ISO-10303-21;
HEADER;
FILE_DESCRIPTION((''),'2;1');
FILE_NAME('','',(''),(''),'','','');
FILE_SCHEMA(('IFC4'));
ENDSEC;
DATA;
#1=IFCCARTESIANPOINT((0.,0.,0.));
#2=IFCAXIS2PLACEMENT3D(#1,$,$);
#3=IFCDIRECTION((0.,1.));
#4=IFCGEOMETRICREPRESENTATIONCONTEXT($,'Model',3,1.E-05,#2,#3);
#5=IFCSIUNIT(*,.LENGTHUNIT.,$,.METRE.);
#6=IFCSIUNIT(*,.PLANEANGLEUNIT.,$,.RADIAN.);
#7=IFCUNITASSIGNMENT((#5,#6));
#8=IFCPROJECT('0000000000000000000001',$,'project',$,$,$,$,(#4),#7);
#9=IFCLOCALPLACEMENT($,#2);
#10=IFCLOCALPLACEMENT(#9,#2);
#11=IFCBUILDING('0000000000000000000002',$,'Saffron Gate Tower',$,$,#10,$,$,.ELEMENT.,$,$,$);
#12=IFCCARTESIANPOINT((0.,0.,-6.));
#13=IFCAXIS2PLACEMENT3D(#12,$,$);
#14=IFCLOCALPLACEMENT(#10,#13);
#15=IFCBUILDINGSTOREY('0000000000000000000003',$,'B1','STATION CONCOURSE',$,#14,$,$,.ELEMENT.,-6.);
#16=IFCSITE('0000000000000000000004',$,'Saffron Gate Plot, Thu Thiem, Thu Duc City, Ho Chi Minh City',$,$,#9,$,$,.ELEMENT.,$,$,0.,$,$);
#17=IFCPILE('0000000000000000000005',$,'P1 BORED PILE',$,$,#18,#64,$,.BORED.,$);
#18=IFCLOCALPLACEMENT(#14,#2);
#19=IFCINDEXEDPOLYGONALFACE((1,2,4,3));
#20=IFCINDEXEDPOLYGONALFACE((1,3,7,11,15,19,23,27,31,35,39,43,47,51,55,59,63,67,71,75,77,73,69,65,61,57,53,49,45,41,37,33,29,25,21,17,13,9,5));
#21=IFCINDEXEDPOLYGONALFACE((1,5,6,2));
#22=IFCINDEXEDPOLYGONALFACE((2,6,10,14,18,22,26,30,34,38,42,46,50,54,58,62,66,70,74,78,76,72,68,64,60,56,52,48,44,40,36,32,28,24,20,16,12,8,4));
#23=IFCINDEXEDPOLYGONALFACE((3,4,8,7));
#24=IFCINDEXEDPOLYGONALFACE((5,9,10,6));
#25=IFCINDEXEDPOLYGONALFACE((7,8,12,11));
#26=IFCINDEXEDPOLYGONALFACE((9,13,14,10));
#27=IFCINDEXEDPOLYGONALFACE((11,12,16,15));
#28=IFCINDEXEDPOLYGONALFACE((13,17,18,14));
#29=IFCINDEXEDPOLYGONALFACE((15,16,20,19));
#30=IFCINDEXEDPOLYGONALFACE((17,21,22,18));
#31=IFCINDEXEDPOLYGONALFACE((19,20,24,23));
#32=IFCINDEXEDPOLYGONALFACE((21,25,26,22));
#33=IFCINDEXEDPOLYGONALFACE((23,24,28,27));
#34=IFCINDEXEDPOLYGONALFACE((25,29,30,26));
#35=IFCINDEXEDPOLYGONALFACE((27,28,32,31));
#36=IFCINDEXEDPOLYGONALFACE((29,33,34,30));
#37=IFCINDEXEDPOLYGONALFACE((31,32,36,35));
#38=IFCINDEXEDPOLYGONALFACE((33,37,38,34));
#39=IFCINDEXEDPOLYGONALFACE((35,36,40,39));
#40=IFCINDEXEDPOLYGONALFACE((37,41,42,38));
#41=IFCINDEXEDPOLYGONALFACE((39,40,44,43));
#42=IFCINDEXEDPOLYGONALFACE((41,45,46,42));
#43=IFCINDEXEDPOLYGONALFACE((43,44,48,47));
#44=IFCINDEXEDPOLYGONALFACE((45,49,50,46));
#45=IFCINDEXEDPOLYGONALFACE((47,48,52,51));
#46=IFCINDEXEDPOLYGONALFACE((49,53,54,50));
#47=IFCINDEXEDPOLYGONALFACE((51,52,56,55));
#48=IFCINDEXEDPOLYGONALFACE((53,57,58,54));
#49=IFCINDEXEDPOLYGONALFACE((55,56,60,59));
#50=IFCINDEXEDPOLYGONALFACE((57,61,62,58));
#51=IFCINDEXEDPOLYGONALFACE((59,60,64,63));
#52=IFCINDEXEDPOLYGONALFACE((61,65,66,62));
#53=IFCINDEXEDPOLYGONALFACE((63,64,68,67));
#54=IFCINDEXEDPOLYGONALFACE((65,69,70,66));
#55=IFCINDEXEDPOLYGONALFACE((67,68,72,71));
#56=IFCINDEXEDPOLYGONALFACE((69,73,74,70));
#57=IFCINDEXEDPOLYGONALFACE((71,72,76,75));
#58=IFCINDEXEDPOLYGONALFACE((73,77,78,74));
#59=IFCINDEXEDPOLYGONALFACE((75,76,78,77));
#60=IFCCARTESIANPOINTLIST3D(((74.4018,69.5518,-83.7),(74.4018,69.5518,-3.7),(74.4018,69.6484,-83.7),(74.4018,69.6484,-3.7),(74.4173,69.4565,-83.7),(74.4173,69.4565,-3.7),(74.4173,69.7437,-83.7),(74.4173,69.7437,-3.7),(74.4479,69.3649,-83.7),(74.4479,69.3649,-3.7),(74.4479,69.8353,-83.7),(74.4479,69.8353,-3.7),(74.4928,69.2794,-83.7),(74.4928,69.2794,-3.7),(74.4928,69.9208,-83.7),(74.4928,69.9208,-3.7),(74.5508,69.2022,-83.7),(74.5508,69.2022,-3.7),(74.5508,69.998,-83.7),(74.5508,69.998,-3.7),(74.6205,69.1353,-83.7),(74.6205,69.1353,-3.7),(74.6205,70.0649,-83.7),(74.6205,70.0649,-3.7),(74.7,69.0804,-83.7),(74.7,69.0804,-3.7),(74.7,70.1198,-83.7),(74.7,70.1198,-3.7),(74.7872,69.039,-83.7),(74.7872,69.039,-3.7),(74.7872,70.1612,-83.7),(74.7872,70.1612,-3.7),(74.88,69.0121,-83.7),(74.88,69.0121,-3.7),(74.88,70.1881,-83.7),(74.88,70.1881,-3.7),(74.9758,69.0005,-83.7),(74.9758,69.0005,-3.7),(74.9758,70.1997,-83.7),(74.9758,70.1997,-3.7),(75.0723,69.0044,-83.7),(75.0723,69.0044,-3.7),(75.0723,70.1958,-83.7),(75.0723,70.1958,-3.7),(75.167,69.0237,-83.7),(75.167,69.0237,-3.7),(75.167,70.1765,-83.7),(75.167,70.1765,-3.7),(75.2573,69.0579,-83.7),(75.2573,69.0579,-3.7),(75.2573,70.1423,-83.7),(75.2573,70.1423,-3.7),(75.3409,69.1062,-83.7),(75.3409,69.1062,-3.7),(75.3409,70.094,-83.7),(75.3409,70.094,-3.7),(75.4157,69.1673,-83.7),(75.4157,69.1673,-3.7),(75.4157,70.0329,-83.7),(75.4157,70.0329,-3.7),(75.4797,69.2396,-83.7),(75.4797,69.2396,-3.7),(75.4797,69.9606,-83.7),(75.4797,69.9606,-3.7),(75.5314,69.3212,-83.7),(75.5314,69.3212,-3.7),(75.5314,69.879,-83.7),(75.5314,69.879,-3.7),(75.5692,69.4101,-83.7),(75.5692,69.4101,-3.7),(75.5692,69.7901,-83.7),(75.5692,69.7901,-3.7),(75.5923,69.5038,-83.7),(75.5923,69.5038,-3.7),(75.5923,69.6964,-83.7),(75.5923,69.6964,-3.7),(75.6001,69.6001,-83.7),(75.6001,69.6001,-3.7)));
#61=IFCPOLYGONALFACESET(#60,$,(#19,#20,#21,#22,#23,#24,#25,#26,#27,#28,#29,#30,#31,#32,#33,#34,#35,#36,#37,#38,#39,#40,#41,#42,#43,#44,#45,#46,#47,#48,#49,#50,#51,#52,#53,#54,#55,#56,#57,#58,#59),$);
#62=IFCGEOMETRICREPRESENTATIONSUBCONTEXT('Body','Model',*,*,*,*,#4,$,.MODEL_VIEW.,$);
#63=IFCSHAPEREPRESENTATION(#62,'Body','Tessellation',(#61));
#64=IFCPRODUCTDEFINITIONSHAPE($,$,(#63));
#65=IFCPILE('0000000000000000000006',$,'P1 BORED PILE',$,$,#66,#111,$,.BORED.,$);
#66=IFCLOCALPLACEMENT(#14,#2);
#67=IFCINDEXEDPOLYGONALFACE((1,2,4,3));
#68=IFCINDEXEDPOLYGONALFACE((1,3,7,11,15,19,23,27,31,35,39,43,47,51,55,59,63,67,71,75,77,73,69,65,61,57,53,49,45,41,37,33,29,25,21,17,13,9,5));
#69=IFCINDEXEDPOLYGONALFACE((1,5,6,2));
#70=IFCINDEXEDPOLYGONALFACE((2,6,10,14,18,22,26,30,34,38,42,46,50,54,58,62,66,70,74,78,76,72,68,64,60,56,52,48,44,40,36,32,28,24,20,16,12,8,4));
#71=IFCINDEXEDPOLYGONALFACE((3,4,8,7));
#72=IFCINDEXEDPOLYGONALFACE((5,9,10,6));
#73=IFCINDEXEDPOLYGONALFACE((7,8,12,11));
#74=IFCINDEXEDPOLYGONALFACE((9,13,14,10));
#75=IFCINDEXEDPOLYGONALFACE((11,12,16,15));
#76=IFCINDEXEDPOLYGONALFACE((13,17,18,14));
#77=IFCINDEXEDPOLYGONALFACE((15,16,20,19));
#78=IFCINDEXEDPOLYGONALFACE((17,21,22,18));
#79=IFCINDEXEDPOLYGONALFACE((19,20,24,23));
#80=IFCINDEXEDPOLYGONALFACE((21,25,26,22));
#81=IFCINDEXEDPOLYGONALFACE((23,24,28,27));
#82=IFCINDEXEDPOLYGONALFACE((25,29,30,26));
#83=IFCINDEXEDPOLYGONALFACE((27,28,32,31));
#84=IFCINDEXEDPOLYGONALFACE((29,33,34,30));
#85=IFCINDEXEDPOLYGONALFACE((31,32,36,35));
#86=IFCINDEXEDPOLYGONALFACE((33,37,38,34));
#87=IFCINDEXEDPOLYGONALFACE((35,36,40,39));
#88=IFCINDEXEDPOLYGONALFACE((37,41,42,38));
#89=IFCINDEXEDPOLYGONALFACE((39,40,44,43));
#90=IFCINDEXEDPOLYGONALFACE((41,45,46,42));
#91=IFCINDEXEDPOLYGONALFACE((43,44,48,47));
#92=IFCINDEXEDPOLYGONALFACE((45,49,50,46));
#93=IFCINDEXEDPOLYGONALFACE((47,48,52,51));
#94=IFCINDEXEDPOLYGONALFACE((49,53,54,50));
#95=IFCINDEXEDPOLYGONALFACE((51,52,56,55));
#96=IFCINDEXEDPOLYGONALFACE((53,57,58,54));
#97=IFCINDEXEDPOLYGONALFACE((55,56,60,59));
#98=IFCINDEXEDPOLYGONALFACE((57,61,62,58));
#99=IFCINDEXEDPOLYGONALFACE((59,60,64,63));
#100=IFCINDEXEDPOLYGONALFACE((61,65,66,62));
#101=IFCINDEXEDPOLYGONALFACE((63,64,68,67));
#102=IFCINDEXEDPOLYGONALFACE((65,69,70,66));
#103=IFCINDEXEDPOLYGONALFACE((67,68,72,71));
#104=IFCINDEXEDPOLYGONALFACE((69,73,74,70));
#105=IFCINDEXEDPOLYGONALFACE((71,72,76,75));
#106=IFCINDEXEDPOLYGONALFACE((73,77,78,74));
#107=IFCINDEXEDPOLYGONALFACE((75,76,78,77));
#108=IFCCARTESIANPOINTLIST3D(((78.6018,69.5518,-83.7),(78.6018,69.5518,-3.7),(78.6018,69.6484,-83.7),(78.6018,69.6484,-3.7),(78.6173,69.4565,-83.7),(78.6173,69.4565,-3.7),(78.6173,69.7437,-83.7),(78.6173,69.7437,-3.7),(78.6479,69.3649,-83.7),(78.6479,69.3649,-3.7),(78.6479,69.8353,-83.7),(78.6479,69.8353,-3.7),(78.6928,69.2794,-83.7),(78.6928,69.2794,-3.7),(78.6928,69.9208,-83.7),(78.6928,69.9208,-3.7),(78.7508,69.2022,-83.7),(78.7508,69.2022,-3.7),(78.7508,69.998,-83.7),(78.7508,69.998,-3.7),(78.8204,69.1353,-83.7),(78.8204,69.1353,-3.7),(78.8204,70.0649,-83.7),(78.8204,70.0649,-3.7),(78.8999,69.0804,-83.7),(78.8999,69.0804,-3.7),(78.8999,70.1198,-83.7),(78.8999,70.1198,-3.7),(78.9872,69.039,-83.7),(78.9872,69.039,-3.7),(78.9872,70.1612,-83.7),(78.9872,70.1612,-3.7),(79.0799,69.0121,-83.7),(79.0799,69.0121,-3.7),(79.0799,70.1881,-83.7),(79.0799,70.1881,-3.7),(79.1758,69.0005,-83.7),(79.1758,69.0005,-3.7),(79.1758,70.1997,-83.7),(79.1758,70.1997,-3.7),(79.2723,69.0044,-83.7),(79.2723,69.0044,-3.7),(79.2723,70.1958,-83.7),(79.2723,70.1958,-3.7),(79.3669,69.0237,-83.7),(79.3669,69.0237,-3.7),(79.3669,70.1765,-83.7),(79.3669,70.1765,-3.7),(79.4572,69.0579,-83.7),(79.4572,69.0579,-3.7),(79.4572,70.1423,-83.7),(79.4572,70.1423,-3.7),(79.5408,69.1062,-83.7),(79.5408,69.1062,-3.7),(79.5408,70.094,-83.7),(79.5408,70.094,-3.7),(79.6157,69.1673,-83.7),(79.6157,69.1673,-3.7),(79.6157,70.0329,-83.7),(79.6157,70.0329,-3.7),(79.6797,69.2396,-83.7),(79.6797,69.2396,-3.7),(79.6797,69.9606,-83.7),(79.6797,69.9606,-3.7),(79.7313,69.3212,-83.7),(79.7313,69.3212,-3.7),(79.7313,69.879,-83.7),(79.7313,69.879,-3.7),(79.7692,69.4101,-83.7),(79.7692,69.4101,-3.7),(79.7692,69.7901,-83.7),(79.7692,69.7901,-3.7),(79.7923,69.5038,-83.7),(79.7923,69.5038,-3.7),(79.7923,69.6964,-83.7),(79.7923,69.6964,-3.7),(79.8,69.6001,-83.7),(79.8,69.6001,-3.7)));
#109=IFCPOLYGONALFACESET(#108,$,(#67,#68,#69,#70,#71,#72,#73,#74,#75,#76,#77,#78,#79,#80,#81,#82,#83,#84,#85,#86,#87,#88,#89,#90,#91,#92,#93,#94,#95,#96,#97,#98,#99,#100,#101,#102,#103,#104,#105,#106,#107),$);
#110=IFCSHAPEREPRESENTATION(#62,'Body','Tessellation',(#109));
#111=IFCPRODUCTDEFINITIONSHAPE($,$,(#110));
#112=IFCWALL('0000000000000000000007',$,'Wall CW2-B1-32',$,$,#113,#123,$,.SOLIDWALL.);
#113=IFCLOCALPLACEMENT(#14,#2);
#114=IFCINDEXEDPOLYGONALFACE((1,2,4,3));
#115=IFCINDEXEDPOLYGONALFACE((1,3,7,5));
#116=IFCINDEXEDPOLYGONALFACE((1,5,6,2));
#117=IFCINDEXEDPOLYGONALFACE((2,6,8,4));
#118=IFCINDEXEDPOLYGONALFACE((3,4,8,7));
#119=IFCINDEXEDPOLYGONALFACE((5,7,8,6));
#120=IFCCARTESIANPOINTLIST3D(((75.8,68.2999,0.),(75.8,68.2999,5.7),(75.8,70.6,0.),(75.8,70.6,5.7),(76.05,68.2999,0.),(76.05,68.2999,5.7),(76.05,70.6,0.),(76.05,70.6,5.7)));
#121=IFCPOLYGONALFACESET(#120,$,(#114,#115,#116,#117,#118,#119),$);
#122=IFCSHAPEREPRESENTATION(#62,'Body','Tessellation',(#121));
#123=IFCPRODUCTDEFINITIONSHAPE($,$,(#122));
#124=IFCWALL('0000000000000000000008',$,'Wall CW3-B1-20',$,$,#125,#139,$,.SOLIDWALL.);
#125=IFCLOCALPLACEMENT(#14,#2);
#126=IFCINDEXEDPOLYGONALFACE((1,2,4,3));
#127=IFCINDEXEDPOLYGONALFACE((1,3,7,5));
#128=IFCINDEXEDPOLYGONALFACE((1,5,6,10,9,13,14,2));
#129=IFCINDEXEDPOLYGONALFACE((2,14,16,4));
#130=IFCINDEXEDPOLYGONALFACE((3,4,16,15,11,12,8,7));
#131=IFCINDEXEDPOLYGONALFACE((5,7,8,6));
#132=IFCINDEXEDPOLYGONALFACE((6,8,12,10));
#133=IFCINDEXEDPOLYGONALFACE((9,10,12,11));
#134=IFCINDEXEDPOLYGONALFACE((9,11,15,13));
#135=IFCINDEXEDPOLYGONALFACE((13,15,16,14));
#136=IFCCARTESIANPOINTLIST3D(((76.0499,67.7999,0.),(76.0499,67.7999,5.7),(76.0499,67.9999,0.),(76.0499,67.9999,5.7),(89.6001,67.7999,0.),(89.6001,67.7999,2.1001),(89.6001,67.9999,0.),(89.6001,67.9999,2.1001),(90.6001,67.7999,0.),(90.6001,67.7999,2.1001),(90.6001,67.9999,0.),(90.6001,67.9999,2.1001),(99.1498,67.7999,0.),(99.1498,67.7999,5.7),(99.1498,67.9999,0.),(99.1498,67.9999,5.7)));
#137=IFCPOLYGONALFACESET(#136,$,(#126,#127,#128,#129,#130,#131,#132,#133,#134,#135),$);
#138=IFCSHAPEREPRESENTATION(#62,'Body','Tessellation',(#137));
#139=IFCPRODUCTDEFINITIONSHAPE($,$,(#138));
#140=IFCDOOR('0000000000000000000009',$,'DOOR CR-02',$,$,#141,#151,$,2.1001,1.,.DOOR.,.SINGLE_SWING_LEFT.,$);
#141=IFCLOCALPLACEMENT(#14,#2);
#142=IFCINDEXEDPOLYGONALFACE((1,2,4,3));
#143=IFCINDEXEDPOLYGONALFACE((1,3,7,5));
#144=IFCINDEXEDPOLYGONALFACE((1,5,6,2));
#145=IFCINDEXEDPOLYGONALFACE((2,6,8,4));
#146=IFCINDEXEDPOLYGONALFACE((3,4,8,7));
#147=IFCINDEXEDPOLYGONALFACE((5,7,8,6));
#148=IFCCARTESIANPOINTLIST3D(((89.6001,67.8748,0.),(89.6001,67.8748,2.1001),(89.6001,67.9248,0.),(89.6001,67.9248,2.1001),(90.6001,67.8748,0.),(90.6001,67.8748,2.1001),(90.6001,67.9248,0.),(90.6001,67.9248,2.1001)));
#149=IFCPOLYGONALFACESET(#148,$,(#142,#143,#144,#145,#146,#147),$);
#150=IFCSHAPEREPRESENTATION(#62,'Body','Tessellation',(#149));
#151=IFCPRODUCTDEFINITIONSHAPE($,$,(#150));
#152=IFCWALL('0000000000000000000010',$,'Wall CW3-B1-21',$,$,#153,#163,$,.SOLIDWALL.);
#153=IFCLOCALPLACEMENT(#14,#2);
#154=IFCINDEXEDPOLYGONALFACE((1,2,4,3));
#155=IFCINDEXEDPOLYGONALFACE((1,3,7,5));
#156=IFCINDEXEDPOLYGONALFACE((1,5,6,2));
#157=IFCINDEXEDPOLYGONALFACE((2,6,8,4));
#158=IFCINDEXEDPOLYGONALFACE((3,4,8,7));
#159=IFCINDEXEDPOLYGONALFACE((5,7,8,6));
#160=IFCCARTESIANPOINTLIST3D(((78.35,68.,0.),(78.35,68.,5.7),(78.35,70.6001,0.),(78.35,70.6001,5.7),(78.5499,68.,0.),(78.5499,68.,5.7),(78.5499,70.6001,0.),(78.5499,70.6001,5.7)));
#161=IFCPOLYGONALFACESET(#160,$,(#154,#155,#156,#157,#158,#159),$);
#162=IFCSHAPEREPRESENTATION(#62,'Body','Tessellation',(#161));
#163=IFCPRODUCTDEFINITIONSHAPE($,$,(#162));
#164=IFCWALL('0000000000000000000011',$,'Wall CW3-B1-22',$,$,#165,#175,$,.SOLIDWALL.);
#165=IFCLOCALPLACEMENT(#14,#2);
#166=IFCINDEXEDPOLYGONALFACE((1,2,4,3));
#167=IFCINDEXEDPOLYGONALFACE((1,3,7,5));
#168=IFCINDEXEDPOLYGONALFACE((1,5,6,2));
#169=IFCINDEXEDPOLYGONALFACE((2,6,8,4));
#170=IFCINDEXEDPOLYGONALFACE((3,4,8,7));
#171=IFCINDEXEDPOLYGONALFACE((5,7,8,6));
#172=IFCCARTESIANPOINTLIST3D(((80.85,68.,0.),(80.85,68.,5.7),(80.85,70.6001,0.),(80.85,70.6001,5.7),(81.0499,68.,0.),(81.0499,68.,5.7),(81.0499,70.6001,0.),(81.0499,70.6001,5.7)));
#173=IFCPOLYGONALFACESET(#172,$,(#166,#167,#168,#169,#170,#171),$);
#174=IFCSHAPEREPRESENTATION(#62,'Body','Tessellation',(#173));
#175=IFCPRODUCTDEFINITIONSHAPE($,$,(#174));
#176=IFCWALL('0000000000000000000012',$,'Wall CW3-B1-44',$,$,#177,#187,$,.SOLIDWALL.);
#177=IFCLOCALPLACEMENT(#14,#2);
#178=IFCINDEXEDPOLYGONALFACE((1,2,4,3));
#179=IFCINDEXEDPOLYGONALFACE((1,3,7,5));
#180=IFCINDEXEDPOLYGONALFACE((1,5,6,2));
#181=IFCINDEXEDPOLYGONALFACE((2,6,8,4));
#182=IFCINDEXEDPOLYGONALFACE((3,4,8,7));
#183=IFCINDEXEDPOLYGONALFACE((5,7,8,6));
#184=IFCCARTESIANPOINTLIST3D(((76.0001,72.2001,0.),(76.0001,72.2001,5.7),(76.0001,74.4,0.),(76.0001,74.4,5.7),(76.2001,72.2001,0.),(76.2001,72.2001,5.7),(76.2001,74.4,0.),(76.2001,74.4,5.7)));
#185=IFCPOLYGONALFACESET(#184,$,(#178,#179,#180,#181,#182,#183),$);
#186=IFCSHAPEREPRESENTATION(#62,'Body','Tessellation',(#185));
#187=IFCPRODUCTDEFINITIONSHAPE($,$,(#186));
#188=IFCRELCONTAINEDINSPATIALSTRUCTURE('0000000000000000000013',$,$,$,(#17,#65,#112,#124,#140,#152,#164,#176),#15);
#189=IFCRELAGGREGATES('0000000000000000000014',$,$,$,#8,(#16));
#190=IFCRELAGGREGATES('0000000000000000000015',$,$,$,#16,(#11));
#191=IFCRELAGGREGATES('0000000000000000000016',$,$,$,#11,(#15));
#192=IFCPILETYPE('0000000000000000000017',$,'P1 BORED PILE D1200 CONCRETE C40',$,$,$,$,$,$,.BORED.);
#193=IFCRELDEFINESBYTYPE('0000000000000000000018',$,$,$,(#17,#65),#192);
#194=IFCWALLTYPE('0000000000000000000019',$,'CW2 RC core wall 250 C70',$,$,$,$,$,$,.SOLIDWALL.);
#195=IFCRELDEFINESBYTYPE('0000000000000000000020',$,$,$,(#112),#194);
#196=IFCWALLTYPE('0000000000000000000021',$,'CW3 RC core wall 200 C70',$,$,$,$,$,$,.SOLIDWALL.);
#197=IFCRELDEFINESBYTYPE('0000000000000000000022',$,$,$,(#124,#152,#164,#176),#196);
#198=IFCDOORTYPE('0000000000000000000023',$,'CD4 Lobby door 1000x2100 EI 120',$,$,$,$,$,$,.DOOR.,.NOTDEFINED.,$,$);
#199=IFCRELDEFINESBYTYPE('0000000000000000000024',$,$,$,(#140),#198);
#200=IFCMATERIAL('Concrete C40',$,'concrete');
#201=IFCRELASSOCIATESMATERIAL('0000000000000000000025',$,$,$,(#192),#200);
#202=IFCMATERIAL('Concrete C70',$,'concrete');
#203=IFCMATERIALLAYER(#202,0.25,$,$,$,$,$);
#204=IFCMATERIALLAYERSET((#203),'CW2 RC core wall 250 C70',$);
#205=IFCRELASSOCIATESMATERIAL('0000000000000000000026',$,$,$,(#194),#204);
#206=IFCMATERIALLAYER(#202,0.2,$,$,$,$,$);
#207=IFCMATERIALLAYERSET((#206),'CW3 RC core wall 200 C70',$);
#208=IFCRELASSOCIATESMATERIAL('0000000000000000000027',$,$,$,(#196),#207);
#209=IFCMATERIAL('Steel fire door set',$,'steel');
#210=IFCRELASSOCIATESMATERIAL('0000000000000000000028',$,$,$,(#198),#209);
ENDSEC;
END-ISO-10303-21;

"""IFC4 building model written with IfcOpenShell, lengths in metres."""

from ifc_helpers import new_model, si_unit, direction, frame, frame_2d, origin, origin_2d, place, context, subcontext, project, spatial, rectangle, circle, extrude, material, layer, layer_set, material_profile, profile_set, type_object, element, fill, save


model = new_model("IFC4")

# Units and contexts
model_context = context("Model", 3, precision=1e-05, world=origin(), true_north=direction((0.0, 1.0)))
body_context = subcontext(model_context, "Body", "Model", "MODEL_VIEW")
ifc_project = project(units=[si_unit("LENGTHUNIT", "METRE"), si_unit("PLANEANGLEUNIT", "RADIAN")], contexts=[model_context])

# Site, building, storey
site_placement = place(None, origin())
site = spatial("IfcSite", under=ifc_project, at=site_placement, Name="Saffron Gate Plot, Thu Thiem, Thu Duc City, Ho Chi Minh City", CompositionType="ELEMENT", RefElevation=0.0)
building_placement = place(site_placement, origin())
building = spatial("IfcBuilding", under=site, at=building_placement, Name="Saffron Gate Tower", CompositionType="ELEMENT")
storey_placement = place(building_placement, frame((0.0, 0.0, -6.0)))
storey = spatial("IfcBuildingStorey", under=building, at=storey_placement, Name="B1", Description="STATION CONCOURSE", CompositionType="ELEMENT", Elevation=-6.0)

# Piles
ifc_material_1 = material(Name="Concrete C40", Category="concrete")
ifc_material_profile = material_profile(ifc_material_1, circle(Radius=0.6001, at=origin_2d()))
ifc_profile_set = profile_set([ifc_material_profile], Name="Concrete C40")
pile_type = type_object("IfcPileType", Name="P1 BORED PILE D1200 CONCRETE C40", PredefinedType="BORED", material=ifc_profile_set)
for number, where, z_axis, x_axis, name in (
    (1, (75.0, 69.6001, -3.7), (0.0, 0.0, -1.0), (1.0, 0.0, 0.0), "P1 BORED PILE"),
    (2, (79.2, 69.6001, -3.7), (0.0, 0.0, -1.0), (1.0, 0.0, 0.0), "P1 BORED PILE"),
):
    element("IfcPile", number, at=place(storey_placement, frame(where, z_axis=z_axis, x_axis=x_axis)), inside=storey, type_object=pile_type, Name=name, PredefinedType="BORED", context=body_context, shape_type="SweptSolid", body=[
        extrude(circle(Radius=0.6001, at=origin_2d()), origin(), (0.0, 0.0, 1.0), 80.0),
    ])

# Wall
ifc_material_2 = material(Name="Concrete C70", Category="concrete")
ifc_layer_1 = layer(ifc_material_2, 0.25)
ifc_layer_set_1 = layer_set([ifc_layer_1], Name="CW2 RC core wall 250 C70")
wall_type_1 = type_object("IfcWallType", Name="CW2 RC core wall 250 C70", PredefinedType="SOLIDWALL", material=ifc_layer_set_1)
wall_1_placement = place(storey_placement, frame((75.925, 68.3, 0.0), z_axis=(0.0, 0.0, 1.0), x_axis=(0.0, 1.0, 0.0)))
element("IfcWall", 3, at=wall_1_placement, inside=storey, type_object=wall_type_1, Name="Wall CW2-B1-32", PredefinedType="SOLIDWALL", context=body_context, shape_type="SweptSolid", body=[
    extrude(rectangle(XDim=2.3, YDim=0.25, at=frame_2d((1.1499, 0.0))), origin(), (0.0, 0.0, 1.0), 5.7),
])

# Wall, opening, door
ifc_layer_2 = layer(ifc_material_2, 0.2)
ifc_layer_set_2 = layer_set([ifc_layer_2], Name="CW3 RC core wall 200 C70")
wall_type_2 = type_object("IfcWallType", Name="CW3 RC core wall 200 C70", PredefinedType="SOLIDWALL", material=ifc_layer_set_2)
wall_2_placement = place(storey_placement, frame((76.05, 67.8999, 0.0), z_axis=(0.0, 0.0, 1.0), x_axis=(1.0, 0.0, 0.0)))
wall_2 = element("IfcWall", 4, at=wall_2_placement, inside=storey, type_object=wall_type_2, Name="Wall CW3-B1-20", PredefinedType="SOLIDWALL", context=body_context, shape_type="SweptSolid", body=[
    extrude(rectangle(XDim=23.0999, YDim=0.2, at=frame_2d((11.5498, 0.0))), origin(), (0.0, 0.0, 1.0), 5.7),
])
opening_placement = place(wall_2_placement, frame((13.55, 0.0, 0.0)))
opening = element("IfcOpeningElement", 5, at=opening_placement, cuts=wall_2, PredefinedType="OPENING", context=body_context, shape_type="SweptSolid", body=[
    extrude(rectangle(XDim=1.0, YDim=2.1001, at=frame_2d((0.5, 1.05))), frame((0.0, 0.1099, 0.0), z_axis=(0.0, -1.0, 0.0), x_axis=(1.0, 0.0, 0.0)), (0.0, 0.0, 1.0), 0.22),
])
ifc_material_3 = material(Name="Steel fire door set", Category="steel")
door_type = type_object("IfcDoorType", Name="CD4 Lobby door 1000x2100 EI 120", OperationType="NOTDEFINED", PredefinedType="DOOR", material=ifc_material_3)
door_placement = place(opening_placement, origin())
door = element("IfcDoor", 6, at=door_placement, inside=storey, type_object=door_type, Name="DOOR CR-02", OperationType="SINGLE_SWING_LEFT", OverallHeight=2.1001, OverallWidth=1.0, PredefinedType="DOOR", context=body_context, shape_type="SweptSolid", body=[
    extrude(rectangle(XDim=1.0, YDim=2.1001, at=frame_2d((0.5, 1.05))), frame((0.0, 0.0249, 0.0), z_axis=(0.0, -1.0, 0.0), x_axis=(1.0, 0.0, 0.0)), (0.0, 0.0, 1.0), 0.05),
])
fill(opening, door)

# Walls
for number, where, z_axis, x_axis, name in (
    (7, (78.45, 68.0, 0.0), (0.0, 0.0, 1.0), (0.0, 1.0, 0.0), "Wall CW3-B1-21"),
    (8, (80.95, 68.0, 0.0), (0.0, 0.0, 1.0), (0.0, 1.0, 0.0), "Wall CW3-B1-22"),
):
    element("IfcWall", number, at=place(storey_placement, frame(where, z_axis=z_axis, x_axis=x_axis)), inside=storey, type_object=wall_type_2, Name=name, PredefinedType="SOLIDWALL", context=body_context, shape_type="SweptSolid", body=[
        extrude(rectangle(XDim=2.6001, YDim=0.2, at=frame_2d((1.3, 0.0))), origin(), (0.0, 0.0, 1.0), 5.7),
    ])
wall_3_placement = place(storey_placement, frame((76.1001, 72.2, 0.0), z_axis=(0.0, 0.0, 1.0), x_axis=(0.0, 1.0, 0.0)))
element("IfcWall", 9, at=wall_3_placement, inside=storey, type_object=wall_type_2, Name="Wall CW3-B1-44", PredefinedType="SOLIDWALL", context=body_context, shape_type="SweptSolid", body=[
    extrude(rectangle(XDim=2.2, YDim=0.2, at=frame_2d((1.1001, 0.0))), origin(), (0.0, 0.0, 1.0), 5.7),
])

save(model, "model.ifc")
